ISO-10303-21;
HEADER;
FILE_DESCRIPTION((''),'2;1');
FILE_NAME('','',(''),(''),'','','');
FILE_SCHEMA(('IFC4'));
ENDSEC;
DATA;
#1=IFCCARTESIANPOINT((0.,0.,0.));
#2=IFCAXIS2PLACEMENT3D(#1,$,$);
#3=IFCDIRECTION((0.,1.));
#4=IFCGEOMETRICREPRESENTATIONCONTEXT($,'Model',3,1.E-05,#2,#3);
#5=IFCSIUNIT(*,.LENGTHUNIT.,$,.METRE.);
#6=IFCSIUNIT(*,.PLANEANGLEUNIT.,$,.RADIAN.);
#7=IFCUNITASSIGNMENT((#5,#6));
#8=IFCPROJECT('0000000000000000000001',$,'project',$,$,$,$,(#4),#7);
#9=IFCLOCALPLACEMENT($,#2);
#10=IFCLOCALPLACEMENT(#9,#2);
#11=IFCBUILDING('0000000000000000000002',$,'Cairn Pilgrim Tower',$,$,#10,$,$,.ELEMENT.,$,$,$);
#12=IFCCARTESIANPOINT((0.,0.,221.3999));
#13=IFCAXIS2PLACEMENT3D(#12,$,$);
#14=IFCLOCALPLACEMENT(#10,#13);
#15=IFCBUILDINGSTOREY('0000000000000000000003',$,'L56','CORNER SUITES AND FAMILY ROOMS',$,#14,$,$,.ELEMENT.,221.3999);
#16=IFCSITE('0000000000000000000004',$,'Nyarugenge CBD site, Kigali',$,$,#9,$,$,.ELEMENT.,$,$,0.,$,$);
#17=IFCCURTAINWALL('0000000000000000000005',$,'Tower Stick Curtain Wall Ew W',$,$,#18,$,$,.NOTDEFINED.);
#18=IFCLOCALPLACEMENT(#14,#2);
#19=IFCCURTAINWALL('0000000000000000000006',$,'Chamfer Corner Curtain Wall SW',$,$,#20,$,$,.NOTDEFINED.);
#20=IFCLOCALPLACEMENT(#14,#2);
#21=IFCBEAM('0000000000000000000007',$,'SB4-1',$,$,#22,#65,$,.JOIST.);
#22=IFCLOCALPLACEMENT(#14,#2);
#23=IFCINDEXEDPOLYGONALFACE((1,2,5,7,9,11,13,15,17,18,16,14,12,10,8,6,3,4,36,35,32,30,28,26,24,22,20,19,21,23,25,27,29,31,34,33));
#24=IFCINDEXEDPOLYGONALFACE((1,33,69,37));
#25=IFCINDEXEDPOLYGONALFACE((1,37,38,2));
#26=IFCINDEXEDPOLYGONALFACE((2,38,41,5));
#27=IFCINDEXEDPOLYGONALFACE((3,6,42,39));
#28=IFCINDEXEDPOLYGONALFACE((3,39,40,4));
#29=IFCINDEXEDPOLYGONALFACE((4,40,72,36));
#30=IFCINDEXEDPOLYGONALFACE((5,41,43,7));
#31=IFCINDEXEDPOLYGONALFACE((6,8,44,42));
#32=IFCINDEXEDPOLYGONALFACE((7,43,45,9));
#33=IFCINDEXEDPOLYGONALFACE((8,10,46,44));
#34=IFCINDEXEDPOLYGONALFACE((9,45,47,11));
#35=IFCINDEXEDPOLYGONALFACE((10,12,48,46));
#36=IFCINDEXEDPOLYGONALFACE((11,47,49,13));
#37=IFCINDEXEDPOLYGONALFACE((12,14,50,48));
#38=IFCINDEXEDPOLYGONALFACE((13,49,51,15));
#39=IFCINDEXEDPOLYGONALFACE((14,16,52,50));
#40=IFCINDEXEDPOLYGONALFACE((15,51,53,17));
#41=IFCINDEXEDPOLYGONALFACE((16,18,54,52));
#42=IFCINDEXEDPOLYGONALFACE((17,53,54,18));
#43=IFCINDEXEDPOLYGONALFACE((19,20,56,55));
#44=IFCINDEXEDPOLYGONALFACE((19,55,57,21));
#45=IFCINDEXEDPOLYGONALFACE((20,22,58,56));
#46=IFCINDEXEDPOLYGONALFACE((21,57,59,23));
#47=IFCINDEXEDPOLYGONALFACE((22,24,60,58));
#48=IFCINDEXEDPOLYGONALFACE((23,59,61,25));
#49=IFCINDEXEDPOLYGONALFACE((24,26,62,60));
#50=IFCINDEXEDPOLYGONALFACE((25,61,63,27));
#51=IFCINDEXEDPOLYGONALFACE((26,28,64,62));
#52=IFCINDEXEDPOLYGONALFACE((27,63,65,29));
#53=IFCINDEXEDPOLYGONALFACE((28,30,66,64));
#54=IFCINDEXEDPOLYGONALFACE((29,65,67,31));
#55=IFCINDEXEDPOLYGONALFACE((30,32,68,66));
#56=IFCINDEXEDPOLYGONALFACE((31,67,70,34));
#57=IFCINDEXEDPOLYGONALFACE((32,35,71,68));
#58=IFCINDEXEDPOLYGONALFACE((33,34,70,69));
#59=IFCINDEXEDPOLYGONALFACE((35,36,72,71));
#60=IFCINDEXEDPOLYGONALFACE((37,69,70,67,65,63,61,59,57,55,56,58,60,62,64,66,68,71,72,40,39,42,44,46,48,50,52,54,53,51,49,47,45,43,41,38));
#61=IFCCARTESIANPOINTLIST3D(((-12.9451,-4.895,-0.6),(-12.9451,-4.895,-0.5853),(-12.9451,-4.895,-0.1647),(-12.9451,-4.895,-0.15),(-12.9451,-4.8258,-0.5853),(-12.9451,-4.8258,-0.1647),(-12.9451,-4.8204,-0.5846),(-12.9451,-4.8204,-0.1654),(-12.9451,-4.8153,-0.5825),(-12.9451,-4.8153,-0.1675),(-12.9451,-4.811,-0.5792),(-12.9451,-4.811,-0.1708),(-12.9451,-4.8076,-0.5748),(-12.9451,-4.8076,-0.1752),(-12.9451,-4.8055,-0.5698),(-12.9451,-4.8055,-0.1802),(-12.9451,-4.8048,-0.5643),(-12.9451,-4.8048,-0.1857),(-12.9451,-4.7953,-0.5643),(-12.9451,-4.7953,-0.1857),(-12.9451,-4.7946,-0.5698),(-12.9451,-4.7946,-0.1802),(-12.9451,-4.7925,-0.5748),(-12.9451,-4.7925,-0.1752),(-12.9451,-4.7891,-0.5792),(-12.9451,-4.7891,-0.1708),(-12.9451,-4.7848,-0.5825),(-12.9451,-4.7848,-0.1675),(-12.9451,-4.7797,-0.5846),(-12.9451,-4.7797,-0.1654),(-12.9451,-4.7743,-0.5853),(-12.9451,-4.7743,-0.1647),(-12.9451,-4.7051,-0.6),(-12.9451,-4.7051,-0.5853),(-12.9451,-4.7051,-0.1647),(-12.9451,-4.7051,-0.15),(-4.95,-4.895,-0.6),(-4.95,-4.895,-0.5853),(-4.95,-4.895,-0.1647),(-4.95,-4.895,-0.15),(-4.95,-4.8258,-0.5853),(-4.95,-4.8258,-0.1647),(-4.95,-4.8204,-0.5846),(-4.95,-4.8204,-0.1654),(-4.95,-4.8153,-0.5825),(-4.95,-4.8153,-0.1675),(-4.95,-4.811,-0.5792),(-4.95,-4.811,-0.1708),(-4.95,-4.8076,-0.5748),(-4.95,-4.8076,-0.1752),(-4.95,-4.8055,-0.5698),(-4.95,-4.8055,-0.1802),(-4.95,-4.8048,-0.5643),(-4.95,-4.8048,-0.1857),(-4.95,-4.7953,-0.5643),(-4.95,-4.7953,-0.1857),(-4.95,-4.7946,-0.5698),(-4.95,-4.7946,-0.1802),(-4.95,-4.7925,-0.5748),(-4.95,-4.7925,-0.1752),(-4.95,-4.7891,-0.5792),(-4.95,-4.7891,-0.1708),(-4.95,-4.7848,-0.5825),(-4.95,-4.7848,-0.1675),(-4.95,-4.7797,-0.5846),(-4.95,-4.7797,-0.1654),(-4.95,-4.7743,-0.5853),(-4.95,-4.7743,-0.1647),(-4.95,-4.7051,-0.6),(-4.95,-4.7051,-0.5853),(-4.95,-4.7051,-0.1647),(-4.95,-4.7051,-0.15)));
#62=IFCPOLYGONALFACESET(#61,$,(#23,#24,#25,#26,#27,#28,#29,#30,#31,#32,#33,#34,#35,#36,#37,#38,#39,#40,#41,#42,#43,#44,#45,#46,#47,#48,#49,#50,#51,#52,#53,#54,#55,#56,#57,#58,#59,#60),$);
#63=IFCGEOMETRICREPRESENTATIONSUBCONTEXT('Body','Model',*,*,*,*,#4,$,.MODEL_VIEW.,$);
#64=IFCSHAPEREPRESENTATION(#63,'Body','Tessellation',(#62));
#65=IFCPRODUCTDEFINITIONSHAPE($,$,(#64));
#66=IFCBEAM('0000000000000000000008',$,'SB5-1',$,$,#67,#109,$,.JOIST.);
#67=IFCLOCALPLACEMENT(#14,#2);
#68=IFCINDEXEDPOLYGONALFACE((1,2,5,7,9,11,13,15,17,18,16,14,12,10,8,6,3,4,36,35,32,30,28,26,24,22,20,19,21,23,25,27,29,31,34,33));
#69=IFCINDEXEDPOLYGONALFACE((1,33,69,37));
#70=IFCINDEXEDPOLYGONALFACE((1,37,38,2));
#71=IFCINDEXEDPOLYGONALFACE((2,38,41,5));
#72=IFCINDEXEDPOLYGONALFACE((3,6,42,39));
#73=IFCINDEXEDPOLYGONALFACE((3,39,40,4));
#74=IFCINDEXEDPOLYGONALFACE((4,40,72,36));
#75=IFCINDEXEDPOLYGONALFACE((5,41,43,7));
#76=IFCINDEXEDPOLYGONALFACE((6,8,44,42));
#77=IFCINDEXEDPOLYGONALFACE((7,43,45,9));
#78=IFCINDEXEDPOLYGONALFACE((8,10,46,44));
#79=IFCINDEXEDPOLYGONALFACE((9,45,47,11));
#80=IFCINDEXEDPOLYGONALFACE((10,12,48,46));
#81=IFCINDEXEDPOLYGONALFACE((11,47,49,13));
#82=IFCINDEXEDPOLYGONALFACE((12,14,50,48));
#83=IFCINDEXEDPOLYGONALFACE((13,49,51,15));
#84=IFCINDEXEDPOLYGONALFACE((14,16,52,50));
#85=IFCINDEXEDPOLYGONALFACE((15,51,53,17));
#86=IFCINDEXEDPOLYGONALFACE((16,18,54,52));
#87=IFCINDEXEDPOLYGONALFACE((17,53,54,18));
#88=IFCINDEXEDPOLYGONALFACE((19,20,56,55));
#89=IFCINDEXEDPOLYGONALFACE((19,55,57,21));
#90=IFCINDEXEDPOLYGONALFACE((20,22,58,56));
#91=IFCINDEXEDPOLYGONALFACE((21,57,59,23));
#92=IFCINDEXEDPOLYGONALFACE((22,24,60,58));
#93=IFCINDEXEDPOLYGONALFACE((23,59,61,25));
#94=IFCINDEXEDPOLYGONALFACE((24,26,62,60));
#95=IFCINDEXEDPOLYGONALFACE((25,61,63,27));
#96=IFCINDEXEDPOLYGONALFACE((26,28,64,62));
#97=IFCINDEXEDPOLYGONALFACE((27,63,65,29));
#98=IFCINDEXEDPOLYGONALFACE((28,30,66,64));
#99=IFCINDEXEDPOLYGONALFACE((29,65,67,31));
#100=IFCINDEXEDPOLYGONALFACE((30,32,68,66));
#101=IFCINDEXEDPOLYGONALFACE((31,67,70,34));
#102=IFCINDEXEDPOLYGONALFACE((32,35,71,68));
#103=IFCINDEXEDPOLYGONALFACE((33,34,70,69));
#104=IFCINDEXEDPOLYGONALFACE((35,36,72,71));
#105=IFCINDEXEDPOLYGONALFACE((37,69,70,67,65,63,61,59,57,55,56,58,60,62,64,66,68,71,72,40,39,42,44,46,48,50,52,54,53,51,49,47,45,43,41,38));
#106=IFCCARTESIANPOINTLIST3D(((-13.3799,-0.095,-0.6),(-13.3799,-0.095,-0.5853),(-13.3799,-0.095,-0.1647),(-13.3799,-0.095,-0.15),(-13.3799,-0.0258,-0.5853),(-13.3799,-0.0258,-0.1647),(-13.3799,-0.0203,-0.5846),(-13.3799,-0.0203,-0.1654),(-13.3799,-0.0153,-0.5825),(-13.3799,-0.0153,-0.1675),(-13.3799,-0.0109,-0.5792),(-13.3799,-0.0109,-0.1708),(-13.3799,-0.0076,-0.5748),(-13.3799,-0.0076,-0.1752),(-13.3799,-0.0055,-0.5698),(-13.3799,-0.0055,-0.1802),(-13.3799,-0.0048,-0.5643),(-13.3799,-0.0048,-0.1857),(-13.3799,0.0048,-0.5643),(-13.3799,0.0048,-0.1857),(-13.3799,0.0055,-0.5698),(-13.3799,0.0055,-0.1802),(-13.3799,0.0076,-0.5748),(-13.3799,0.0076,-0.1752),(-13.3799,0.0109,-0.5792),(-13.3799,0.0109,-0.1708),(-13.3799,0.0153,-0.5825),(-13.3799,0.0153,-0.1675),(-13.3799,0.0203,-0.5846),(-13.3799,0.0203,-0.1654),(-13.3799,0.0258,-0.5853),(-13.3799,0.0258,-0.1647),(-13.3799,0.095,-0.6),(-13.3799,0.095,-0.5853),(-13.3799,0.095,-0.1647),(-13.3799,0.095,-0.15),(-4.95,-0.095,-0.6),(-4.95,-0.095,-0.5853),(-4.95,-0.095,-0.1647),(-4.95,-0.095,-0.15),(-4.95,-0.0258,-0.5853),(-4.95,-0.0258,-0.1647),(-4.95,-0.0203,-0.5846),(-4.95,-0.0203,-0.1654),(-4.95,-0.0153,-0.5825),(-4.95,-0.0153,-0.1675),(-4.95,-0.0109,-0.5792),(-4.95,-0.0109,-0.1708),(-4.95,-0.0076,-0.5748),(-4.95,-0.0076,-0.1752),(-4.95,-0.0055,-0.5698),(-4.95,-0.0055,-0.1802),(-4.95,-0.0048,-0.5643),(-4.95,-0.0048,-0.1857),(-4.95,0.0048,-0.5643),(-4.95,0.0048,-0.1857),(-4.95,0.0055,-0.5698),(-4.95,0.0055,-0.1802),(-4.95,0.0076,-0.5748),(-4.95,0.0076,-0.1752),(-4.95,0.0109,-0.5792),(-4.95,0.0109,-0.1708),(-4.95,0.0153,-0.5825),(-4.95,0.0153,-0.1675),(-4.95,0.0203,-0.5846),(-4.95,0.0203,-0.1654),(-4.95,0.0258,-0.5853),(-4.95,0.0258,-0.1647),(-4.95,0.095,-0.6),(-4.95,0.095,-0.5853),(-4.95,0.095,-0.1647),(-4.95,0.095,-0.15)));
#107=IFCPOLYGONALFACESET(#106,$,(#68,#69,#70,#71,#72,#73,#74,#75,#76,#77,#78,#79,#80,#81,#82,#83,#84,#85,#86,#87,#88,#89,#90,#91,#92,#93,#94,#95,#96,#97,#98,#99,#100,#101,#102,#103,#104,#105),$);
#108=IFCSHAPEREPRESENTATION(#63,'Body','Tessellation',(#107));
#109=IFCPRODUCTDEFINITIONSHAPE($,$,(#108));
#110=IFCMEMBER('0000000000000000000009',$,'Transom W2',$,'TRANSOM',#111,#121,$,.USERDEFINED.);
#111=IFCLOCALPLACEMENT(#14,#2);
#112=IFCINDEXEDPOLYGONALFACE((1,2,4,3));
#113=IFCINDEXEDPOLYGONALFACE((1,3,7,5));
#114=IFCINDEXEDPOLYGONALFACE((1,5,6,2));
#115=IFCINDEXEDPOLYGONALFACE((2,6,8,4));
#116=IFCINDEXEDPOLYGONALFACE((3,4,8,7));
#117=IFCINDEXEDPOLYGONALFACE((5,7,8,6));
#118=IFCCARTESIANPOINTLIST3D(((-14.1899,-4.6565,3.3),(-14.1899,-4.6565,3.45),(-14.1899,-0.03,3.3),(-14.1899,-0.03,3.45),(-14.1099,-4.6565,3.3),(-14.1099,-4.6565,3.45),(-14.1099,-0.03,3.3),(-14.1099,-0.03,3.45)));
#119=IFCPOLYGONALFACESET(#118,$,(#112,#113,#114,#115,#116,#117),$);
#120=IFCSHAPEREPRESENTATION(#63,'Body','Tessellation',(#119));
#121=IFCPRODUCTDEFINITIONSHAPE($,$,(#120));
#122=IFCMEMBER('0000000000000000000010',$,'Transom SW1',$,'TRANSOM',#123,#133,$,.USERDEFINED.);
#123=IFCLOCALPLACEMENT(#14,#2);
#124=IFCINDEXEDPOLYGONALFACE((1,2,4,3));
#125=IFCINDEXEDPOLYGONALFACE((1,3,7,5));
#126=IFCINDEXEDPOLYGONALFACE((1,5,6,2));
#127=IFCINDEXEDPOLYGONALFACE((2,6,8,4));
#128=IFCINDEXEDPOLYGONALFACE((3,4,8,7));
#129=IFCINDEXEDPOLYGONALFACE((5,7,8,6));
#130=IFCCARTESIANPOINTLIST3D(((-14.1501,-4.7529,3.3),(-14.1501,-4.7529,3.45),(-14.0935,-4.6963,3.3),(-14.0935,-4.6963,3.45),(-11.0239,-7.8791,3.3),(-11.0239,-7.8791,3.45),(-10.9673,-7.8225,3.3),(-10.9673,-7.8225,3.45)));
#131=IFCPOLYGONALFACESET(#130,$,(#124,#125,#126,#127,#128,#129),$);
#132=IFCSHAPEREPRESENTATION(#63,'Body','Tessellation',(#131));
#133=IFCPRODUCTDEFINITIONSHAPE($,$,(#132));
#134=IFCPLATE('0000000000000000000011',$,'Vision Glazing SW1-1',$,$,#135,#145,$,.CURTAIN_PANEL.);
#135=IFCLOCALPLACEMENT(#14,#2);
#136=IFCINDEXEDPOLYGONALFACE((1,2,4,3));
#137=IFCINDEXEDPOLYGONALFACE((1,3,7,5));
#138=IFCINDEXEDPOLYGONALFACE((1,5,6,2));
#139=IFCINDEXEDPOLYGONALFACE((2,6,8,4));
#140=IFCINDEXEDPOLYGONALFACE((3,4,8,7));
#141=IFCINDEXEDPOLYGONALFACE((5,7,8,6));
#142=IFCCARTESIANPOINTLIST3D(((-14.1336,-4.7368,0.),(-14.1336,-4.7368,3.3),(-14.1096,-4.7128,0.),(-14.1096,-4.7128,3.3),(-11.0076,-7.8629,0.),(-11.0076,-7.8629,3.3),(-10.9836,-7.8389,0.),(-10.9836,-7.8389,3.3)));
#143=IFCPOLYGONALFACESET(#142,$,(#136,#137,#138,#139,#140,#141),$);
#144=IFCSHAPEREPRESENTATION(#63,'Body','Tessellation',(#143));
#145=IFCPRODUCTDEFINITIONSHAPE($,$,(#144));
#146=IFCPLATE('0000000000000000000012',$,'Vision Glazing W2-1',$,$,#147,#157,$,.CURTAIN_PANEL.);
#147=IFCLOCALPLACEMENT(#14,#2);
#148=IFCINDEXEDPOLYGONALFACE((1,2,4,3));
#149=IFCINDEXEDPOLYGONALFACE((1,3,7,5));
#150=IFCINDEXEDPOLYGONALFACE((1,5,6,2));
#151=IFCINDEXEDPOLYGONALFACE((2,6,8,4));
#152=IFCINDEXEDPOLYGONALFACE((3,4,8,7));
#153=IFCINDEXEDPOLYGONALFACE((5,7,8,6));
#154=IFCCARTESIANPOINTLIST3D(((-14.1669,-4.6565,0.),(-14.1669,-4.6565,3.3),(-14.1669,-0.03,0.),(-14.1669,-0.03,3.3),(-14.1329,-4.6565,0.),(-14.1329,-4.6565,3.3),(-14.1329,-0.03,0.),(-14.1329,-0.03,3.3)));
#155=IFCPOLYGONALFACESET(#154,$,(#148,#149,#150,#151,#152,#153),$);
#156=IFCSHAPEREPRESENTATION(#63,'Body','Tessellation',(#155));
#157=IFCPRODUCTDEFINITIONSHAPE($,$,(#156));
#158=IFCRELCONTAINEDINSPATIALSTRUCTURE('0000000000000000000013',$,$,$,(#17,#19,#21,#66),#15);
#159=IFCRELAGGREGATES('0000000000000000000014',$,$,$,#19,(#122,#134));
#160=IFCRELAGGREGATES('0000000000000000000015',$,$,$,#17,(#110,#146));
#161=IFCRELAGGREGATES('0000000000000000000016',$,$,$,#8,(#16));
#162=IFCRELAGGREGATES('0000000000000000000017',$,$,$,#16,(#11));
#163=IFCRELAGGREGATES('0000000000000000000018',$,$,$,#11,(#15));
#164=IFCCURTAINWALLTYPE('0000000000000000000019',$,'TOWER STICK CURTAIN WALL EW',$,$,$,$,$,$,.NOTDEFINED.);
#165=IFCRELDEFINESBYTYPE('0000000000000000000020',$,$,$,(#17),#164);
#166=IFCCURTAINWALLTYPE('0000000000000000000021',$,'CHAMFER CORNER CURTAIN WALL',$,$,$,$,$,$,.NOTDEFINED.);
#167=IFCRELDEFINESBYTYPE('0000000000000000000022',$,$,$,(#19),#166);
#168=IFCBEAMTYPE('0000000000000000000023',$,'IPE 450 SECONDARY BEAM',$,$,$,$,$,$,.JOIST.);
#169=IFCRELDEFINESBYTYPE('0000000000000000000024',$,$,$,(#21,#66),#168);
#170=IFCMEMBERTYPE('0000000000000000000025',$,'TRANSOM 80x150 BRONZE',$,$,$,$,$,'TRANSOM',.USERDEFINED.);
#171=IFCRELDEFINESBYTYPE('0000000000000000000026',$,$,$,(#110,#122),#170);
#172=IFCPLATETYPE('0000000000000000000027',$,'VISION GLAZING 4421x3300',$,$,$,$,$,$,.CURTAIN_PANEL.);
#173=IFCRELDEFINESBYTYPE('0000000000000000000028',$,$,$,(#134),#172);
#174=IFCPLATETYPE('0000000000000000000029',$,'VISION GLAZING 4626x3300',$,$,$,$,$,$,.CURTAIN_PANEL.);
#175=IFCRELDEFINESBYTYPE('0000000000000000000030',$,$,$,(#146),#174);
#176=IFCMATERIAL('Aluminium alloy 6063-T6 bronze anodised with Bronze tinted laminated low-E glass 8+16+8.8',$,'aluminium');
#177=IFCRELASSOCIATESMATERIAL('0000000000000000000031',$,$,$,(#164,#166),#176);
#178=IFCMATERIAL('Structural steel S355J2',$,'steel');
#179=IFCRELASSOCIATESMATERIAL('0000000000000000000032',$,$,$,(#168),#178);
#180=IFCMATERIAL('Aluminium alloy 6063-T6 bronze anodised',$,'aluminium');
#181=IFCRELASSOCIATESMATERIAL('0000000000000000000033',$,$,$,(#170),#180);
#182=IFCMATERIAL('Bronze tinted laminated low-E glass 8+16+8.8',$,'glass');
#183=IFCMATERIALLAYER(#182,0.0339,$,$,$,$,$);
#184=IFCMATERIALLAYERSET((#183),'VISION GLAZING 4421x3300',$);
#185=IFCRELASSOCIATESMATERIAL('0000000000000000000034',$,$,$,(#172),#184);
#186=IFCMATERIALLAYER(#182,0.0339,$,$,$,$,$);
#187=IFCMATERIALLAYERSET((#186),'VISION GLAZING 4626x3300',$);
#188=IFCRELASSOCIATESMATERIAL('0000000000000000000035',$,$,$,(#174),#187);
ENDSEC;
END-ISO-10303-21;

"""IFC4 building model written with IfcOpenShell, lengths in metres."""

from ifc_helpers import new_model, si_unit, direction, frame, origin, origin_2d, place, context, subcontext, project, spatial, rectangle, i_section, extrude, material, layer, layer_set, material_profile, profile_set, type_object, element, aggregate, save


model = new_model("IFC4")

# Units and contexts
model_context = context("Model", 3, precision=1e-05, world=origin(), true_north=direction((0.0, 1.0)))
body_context = subcontext(model_context, "Body", "Model", "MODEL_VIEW")
ifc_project = project(units=[si_unit("LENGTHUNIT", "METRE"), si_unit("PLANEANGLEUNIT", "RADIAN")], contexts=[model_context])

# Site, building, storey
site_placement = place(None, origin())
site = spatial("IfcSite", under=ifc_project, at=site_placement, Name="Nyarugenge CBD site, Kigali", CompositionType="ELEMENT", RefElevation=0.0)
building_placement = place(site_placement, origin())
building = spatial("IfcBuilding", under=site, at=building_placement, Name="Cairn Pilgrim Tower", CompositionType="ELEMENT")
storey_placement = place(building_placement, frame((0.0, 0.0, 221.3999)))
storey = spatial("IfcBuildingStorey", under=building, at=storey_placement, Name="L56", Description="CORNER SUITES AND FAMILY ROOMS", CompositionType="ELEMENT", Elevation=221.3999)

# Curtain wall
ifc_material_1 = material(Name="Aluminium alloy 6063-T6 bronze anodised with Bronze tinted laminated low-E glass 8+16+8.8", Category="aluminium")
curtain_wall_type_1 = type_object("IfcCurtainWallType", Name="TOWER STICK CURTAIN WALL EW", PredefinedType="NOTDEFINED", material=ifc_material_1)
curtain_wall_1_placement = place(storey_placement, origin())
curtain_wall_1 = element("IfcCurtainWall", 1, at=curtain_wall_1_placement, inside=storey, type_object=curtain_wall_type_1, Name="Tower Stick Curtain Wall Ew W", PredefinedType="NOTDEFINED")
ifc_material_2 = material(Name="Aluminium alloy 6063-T6 bronze anodised", Category="aluminium")

# Curtain wall
curtain_wall_type_2 = type_object("IfcCurtainWallType", Name="CHAMFER CORNER CURTAIN WALL", PredefinedType="NOTDEFINED", material=ifc_material_1)
curtain_wall_2_placement = place(storey_placement, origin())
curtain_wall_2 = element("IfcCurtainWall", 2, at=curtain_wall_2_placement, inside=storey, type_object=curtain_wall_type_2, Name="Chamfer Corner Curtain Wall SW", PredefinedType="NOTDEFINED")

# Shared definitions
ifc_material_3 = material(Name="Structural steel S355J2", Category="steel")

# Beams
ifc_material_profile_1 = material_profile(ifc_material_3, i_section(OverallWidth=0.1899, OverallDepth=0.45, WebThickness=0.0095, FlangeThickness=0.0146, FilletRadius=0.021, at=origin_2d()), Name="IPE 450")
ifc_profile_set_1 = profile_set([ifc_material_profile_1], Name="Structural steel S355J2")
beam_type_1 = type_object("IfcBeamType", Name="IPE 450 SECONDARY BEAM", PredefinedType="JOIST", material=ifc_profile_set_1)
beam_1_placement = place(storey_placement, frame((-12.9451, -4.8, -0.375), z_axis=(1.0, 0.0, 0.0), x_axis=(0.0, 1.0, 0.0)))
element("IfcBeam", 3, at=beam_1_placement, inside=storey, type_object=beam_type_1, Name="SB4-1", PredefinedType="JOIST", context=body_context, shape_type="SweptSolid", body=[
    extrude(i_section(OverallWidth=0.1899, OverallDepth=0.45, WebThickness=0.0095, FlangeThickness=0.0146, FilletRadius=0.021, at=origin_2d()), origin(), (0.0, 0.0, 1.0), 7.9951),
])
beam_2_placement = place(storey_placement, frame((-13.3799, 0.0, -0.375), z_axis=(1.0, 0.0, 0.0), x_axis=(0.0, 1.0, 0.0)))
element("IfcBeam", 4, at=beam_2_placement, inside=storey, type_object=beam_type_1, Name="SB5-1", PredefinedType="JOIST", context=body_context, shape_type="SweptSolid", body=[
    extrude(i_section(OverallWidth=0.1899, OverallDepth=0.45, WebThickness=0.0095, FlangeThickness=0.0146, FilletRadius=0.021, at=origin_2d()), origin(), (0.0, 0.0, 1.0), 8.4299),
])

# Members
ifc_material_profile_2 = material_profile(ifc_material_2, rectangle(XDim=0.0801, YDim=0.1499, at=origin_2d()), Name="TRANSOM 80x150 BRONZE")
ifc_profile_set_2 = profile_set([ifc_material_profile_2], Name="Aluminium alloy 6063-T6 bronze anodised")
member_type_1 = type_object("IfcMemberType", Name="TRANSOM 80x150 BRONZE", ElementType="TRANSOM", PredefinedType="USERDEFINED", material=ifc_profile_set_2)
member_1_placement = place(storey_placement, frame((-14.1499, -0.03, 3.375), z_axis=(0.0, -1.0, 0.0), x_axis=(1.0, 0.0, 0.0)))
member_1 = element("IfcMember", 5, at=member_1_placement, type_object=member_type_1, Name="Transom W2", ObjectType="TRANSOM", PredefinedType="USERDEFINED", context=body_context, shape_type="SweptSolid", body=[
    extrude(rectangle(XDim=0.0801, YDim=0.1499, at=origin_2d()), origin(), (0.0, 0.0, 1.0), 4.6265),
])
member_2_placement = place(storey_placement, frame((-14.1218, -4.7246, 3.375), z_axis=(0.707107, -0.707107, 0.0), x_axis=(0.707107, 0.707107, 0.0)))
member_2 = element("IfcMember", 6, at=member_2_placement, type_object=member_type_1, Name="Transom SW1", ObjectType="TRANSOM", PredefinedType="USERDEFINED", context=body_context, shape_type="SweptSolid", body=[
    extrude(rectangle(XDim=0.0801, YDim=0.1499, at=origin_2d()), origin(), (0.0, 0.0, 1.0), 4.4211),
])

# Plates
ifc_material_4 = material(Name="Bronze tinted laminated low-E glass 8+16+8.8", Category="glass")
ifc_layer_1 = layer(ifc_material_4, 0.0339)
ifc_layer_set_1 = layer_set([ifc_layer_1], Name="VISION GLAZING 4421x3300")
plate_type_1 = type_object("IfcPlateType", Name="VISION GLAZING 4421x3300", PredefinedType="CURTAIN_PANEL", material=ifc_layer_set_1)
plate_1_placement = place(storey_placement, frame((-12.5586, -6.2878, 0.0), z_axis=(0.0, 0.0, 1.0), x_axis=(0.707107, -0.707107, 0.0)))
plate_1 = element("IfcPlate", 7, at=plate_1_placement, type_object=plate_type_1, Name="Vision Glazing SW1-1", PredefinedType="CURTAIN_PANEL", context=body_context, shape_type="SweptSolid", body=[
    extrude(rectangle(XDim=4.4209, YDim=0.0339, at=origin_2d()), origin(), (0.0, 0.0, 1.0), 3.3),
])
aggregate(curtain_wall_2, [member_2, plate_1])
ifc_layer_2 = layer(ifc_material_4, 0.0339)
ifc_layer_set_2 = layer_set([ifc_layer_2], Name="VISION GLAZING 4626x3300")
plate_type_2 = type_object("IfcPlateType", Name="VISION GLAZING 4626x3300", PredefinedType="CURTAIN_PANEL", material=ifc_layer_set_2)
plate_2_placement = place(storey_placement, frame((-14.1499, -2.3433, 0.0), z_axis=(0.0, 0.0, 1.0), x_axis=(0.0, -1.0, 0.0)))
plate_2 = element("IfcPlate", 8, at=plate_2_placement, type_object=plate_type_2, Name="Vision Glazing W2-1", PredefinedType="CURTAIN_PANEL", context=body_context, shape_type="SweptSolid", body=[
    extrude(rectangle(XDim=4.6265, YDim=0.0339, at=origin_2d()), origin(), (0.0, 0.0, 1.0), 3.3),
])
aggregate(curtain_wall_1, [member_1, plate_2])

save(model, "model.ifc")
